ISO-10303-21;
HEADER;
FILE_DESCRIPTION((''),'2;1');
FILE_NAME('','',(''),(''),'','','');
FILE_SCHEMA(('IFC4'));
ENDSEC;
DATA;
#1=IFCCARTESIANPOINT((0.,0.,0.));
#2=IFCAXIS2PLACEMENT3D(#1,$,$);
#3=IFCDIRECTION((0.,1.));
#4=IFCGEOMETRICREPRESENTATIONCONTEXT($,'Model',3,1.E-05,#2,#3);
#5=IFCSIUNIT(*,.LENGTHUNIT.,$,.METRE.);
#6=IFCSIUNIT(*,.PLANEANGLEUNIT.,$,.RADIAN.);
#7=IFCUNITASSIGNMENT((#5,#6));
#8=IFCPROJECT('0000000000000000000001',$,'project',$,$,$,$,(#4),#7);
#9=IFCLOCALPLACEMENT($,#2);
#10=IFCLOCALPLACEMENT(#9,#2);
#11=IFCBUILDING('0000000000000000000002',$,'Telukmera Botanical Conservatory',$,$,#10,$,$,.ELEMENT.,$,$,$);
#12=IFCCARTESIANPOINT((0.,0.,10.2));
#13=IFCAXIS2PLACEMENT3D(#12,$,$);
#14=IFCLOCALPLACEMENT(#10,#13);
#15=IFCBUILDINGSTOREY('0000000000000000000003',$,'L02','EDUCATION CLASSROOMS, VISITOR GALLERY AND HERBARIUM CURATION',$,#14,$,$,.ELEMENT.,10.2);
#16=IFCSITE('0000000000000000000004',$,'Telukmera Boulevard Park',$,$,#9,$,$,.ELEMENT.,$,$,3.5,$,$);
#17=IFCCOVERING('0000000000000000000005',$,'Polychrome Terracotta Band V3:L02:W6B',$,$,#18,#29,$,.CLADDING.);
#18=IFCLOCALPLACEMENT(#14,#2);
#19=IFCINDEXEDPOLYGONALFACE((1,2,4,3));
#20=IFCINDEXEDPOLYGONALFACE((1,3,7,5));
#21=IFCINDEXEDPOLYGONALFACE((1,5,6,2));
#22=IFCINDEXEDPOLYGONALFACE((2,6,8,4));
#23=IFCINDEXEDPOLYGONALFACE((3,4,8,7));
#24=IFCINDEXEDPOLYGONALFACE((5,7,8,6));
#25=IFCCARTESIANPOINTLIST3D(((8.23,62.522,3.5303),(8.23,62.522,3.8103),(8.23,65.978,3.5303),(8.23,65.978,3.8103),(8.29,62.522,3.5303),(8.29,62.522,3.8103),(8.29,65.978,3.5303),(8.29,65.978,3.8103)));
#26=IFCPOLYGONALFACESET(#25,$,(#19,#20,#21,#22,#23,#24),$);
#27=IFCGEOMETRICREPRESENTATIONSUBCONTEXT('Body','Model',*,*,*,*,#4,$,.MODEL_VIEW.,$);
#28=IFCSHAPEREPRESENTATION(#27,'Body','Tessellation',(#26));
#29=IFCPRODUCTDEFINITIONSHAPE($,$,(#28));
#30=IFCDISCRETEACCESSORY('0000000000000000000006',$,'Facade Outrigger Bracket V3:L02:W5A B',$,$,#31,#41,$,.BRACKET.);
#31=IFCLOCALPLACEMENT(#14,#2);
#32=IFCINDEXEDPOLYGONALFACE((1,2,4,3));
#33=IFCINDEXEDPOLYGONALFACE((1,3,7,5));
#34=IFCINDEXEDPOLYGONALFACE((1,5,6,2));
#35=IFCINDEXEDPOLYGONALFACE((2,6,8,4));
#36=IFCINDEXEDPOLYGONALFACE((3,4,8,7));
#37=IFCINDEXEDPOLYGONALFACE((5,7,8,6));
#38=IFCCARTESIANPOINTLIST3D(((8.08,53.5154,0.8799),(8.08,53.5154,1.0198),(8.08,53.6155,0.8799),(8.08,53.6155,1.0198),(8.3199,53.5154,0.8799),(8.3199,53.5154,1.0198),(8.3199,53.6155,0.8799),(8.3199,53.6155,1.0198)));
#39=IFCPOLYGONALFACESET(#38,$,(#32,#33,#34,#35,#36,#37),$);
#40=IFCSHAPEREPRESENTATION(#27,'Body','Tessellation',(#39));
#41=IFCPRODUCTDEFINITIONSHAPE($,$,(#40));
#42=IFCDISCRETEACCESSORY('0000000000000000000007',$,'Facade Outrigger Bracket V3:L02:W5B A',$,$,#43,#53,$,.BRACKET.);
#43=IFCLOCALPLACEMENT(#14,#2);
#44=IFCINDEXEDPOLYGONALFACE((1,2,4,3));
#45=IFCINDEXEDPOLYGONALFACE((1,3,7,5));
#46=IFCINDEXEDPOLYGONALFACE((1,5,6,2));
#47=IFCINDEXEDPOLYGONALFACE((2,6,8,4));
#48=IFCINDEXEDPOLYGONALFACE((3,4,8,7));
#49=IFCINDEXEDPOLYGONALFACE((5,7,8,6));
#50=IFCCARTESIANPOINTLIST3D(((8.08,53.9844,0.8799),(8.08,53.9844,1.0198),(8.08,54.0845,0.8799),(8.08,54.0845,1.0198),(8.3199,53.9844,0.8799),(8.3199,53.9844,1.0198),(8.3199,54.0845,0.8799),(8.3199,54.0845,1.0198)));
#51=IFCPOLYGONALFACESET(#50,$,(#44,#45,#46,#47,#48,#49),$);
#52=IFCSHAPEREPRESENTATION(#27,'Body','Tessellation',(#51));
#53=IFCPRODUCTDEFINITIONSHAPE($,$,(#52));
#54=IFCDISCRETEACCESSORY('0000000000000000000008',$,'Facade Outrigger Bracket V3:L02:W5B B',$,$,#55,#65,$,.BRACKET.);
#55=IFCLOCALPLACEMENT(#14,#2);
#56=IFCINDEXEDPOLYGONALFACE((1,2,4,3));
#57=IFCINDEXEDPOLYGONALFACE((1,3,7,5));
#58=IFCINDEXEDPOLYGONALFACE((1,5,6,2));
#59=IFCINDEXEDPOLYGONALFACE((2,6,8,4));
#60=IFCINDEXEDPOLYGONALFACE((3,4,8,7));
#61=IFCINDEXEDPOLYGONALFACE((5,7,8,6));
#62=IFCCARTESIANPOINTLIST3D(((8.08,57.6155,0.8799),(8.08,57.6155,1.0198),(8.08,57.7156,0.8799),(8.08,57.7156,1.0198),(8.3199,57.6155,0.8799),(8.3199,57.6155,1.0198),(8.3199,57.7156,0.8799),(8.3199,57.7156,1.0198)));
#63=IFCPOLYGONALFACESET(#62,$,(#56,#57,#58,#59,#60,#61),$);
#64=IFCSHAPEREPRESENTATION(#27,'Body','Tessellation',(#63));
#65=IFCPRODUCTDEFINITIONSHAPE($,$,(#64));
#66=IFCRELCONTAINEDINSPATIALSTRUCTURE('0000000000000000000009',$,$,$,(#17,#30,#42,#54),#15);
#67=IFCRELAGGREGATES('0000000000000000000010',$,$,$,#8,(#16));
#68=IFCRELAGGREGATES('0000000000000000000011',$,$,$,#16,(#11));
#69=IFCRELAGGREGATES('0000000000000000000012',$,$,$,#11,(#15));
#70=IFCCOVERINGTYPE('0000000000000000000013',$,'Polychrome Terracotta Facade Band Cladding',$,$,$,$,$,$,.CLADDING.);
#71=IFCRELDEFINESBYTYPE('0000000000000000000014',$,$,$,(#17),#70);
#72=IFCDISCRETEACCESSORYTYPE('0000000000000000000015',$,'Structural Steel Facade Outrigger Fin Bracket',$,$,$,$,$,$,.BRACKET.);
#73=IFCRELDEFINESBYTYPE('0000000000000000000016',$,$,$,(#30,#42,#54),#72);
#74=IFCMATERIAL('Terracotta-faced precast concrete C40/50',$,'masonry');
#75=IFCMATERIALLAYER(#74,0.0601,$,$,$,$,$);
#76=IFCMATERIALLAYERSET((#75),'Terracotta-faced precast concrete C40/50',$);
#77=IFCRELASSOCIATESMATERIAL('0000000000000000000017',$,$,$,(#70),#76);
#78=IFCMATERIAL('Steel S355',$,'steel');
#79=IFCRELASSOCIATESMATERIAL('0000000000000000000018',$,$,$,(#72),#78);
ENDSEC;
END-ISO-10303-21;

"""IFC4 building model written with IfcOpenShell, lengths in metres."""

from ifc_helpers import new_model, si_unit, direction, frame, origin, origin_2d, place, context, subcontext, project, spatial, rectangle, extrude, material, layer, layer_set, type_object, element, save


model = new_model("IFC4")

# Units and contexts
model_context = context("Model", 3, precision=1e-05, world=origin(), true_north=direction((0.0, 1.0)))
body_context = subcontext(model_context, "Body", "Model", "MODEL_VIEW")
ifc_project = project(units=[si_unit("LENGTHUNIT", "METRE"), si_unit("PLANEANGLEUNIT", "RADIAN")], contexts=[model_context])

# Site, building, storey
site_placement = place(None, origin())
site = spatial("IfcSite", under=ifc_project, at=site_placement, Name="Telukmera Boulevard Park", CompositionType="ELEMENT", RefElevation=3.5)
building_placement = place(site_placement, origin())
building = spatial("IfcBuilding", under=site, at=building_placement, Name="Telukmera Botanical Conservatory", CompositionType="ELEMENT")
storey_placement = place(building_placement, frame((0.0, 0.0, 10.2)))
storey = spatial("IfcBuildingStorey", under=building, at=storey_placement, Name="L02", Description="EDUCATION CLASSROOMS, VISITOR GALLERY AND HERBARIUM CURATION", CompositionType="ELEMENT", Elevation=10.2)

# Covering
ifc_material_1 = material(Name="Terracotta-faced precast concrete C40/50", Category="masonry")
ifc_layer_1 = layer(ifc_material_1, 0.0601)
ifc_layer_set_1 = layer_set([ifc_layer_1], Name="Terracotta-faced precast concrete C40/50")
covering_type_1 = type_object("IfcCoveringType", Name="Polychrome Terracotta Facade Band Cladding", PredefinedType="CLADDING", material=ifc_layer_set_1)
for number, where, z_axis, x_axis, name in (
    (1, (8.26, 64.25, 3.5303), (0.0, 0.0, 1.0), (0.0, 1.0, 0.0), "Polychrome Terracotta Band V3:L02:W6B"),
):
    element("IfcCovering", number, at=place(storey_placement, frame(where, z_axis=z_axis, x_axis=x_axis)), inside=storey, type_object=covering_type_1, Name=name, PredefinedType="CLADDING", context=body_context, shape_type="SweptSolid", body=[
        extrude(rectangle(XDim=3.4561, YDim=0.0601, at=origin_2d()), origin(), (0.0, 0.0, 1.0), 0.28),
    ])

# Discrete accessories
ifc_material_2 = material(Name="Steel S355", Category="steel")
discrete_accessory_type = type_object("IfcDiscreteAccessoryType", Name="Structural Steel Facade Outrigger Fin Bracket", PredefinedType="BRACKET", material=ifc_material_2)
for number, where, z_axis, x_axis, name in (
    (2, (8.2, 53.5654, 0.8799), (0.0, 0.0, 1.0), (0.0, 1.0, 0.0), "Facade Outrigger Bracket V3:L02:W5A B"),
    (3, (8.2, 54.0344, 0.8799), (0.0, 0.0, 1.0), (0.0, 1.0, 0.0), "Facade Outrigger Bracket V3:L02:W5B A"),
    (4, (8.2, 57.6655, 0.8799), (0.0, 0.0, 1.0), (0.0, 1.0, 0.0), "Facade Outrigger Bracket V3:L02:W5B B"),
):
    element("IfcDiscreteAccessory", number, at=place(storey_placement, frame(where, z_axis=z_axis, x_axis=x_axis)), inside=storey, type_object=discrete_accessory_type, Name=name, PredefinedType="BRACKET", context=body_context, shape_type="SweptSolid", body=[
        extrude(rectangle(XDim=0.1001, YDim=0.24, at=origin_2d()), origin(), (0.0, 0.0, 1.0), 0.1399),
    ])

save(model, "model.ifc")
